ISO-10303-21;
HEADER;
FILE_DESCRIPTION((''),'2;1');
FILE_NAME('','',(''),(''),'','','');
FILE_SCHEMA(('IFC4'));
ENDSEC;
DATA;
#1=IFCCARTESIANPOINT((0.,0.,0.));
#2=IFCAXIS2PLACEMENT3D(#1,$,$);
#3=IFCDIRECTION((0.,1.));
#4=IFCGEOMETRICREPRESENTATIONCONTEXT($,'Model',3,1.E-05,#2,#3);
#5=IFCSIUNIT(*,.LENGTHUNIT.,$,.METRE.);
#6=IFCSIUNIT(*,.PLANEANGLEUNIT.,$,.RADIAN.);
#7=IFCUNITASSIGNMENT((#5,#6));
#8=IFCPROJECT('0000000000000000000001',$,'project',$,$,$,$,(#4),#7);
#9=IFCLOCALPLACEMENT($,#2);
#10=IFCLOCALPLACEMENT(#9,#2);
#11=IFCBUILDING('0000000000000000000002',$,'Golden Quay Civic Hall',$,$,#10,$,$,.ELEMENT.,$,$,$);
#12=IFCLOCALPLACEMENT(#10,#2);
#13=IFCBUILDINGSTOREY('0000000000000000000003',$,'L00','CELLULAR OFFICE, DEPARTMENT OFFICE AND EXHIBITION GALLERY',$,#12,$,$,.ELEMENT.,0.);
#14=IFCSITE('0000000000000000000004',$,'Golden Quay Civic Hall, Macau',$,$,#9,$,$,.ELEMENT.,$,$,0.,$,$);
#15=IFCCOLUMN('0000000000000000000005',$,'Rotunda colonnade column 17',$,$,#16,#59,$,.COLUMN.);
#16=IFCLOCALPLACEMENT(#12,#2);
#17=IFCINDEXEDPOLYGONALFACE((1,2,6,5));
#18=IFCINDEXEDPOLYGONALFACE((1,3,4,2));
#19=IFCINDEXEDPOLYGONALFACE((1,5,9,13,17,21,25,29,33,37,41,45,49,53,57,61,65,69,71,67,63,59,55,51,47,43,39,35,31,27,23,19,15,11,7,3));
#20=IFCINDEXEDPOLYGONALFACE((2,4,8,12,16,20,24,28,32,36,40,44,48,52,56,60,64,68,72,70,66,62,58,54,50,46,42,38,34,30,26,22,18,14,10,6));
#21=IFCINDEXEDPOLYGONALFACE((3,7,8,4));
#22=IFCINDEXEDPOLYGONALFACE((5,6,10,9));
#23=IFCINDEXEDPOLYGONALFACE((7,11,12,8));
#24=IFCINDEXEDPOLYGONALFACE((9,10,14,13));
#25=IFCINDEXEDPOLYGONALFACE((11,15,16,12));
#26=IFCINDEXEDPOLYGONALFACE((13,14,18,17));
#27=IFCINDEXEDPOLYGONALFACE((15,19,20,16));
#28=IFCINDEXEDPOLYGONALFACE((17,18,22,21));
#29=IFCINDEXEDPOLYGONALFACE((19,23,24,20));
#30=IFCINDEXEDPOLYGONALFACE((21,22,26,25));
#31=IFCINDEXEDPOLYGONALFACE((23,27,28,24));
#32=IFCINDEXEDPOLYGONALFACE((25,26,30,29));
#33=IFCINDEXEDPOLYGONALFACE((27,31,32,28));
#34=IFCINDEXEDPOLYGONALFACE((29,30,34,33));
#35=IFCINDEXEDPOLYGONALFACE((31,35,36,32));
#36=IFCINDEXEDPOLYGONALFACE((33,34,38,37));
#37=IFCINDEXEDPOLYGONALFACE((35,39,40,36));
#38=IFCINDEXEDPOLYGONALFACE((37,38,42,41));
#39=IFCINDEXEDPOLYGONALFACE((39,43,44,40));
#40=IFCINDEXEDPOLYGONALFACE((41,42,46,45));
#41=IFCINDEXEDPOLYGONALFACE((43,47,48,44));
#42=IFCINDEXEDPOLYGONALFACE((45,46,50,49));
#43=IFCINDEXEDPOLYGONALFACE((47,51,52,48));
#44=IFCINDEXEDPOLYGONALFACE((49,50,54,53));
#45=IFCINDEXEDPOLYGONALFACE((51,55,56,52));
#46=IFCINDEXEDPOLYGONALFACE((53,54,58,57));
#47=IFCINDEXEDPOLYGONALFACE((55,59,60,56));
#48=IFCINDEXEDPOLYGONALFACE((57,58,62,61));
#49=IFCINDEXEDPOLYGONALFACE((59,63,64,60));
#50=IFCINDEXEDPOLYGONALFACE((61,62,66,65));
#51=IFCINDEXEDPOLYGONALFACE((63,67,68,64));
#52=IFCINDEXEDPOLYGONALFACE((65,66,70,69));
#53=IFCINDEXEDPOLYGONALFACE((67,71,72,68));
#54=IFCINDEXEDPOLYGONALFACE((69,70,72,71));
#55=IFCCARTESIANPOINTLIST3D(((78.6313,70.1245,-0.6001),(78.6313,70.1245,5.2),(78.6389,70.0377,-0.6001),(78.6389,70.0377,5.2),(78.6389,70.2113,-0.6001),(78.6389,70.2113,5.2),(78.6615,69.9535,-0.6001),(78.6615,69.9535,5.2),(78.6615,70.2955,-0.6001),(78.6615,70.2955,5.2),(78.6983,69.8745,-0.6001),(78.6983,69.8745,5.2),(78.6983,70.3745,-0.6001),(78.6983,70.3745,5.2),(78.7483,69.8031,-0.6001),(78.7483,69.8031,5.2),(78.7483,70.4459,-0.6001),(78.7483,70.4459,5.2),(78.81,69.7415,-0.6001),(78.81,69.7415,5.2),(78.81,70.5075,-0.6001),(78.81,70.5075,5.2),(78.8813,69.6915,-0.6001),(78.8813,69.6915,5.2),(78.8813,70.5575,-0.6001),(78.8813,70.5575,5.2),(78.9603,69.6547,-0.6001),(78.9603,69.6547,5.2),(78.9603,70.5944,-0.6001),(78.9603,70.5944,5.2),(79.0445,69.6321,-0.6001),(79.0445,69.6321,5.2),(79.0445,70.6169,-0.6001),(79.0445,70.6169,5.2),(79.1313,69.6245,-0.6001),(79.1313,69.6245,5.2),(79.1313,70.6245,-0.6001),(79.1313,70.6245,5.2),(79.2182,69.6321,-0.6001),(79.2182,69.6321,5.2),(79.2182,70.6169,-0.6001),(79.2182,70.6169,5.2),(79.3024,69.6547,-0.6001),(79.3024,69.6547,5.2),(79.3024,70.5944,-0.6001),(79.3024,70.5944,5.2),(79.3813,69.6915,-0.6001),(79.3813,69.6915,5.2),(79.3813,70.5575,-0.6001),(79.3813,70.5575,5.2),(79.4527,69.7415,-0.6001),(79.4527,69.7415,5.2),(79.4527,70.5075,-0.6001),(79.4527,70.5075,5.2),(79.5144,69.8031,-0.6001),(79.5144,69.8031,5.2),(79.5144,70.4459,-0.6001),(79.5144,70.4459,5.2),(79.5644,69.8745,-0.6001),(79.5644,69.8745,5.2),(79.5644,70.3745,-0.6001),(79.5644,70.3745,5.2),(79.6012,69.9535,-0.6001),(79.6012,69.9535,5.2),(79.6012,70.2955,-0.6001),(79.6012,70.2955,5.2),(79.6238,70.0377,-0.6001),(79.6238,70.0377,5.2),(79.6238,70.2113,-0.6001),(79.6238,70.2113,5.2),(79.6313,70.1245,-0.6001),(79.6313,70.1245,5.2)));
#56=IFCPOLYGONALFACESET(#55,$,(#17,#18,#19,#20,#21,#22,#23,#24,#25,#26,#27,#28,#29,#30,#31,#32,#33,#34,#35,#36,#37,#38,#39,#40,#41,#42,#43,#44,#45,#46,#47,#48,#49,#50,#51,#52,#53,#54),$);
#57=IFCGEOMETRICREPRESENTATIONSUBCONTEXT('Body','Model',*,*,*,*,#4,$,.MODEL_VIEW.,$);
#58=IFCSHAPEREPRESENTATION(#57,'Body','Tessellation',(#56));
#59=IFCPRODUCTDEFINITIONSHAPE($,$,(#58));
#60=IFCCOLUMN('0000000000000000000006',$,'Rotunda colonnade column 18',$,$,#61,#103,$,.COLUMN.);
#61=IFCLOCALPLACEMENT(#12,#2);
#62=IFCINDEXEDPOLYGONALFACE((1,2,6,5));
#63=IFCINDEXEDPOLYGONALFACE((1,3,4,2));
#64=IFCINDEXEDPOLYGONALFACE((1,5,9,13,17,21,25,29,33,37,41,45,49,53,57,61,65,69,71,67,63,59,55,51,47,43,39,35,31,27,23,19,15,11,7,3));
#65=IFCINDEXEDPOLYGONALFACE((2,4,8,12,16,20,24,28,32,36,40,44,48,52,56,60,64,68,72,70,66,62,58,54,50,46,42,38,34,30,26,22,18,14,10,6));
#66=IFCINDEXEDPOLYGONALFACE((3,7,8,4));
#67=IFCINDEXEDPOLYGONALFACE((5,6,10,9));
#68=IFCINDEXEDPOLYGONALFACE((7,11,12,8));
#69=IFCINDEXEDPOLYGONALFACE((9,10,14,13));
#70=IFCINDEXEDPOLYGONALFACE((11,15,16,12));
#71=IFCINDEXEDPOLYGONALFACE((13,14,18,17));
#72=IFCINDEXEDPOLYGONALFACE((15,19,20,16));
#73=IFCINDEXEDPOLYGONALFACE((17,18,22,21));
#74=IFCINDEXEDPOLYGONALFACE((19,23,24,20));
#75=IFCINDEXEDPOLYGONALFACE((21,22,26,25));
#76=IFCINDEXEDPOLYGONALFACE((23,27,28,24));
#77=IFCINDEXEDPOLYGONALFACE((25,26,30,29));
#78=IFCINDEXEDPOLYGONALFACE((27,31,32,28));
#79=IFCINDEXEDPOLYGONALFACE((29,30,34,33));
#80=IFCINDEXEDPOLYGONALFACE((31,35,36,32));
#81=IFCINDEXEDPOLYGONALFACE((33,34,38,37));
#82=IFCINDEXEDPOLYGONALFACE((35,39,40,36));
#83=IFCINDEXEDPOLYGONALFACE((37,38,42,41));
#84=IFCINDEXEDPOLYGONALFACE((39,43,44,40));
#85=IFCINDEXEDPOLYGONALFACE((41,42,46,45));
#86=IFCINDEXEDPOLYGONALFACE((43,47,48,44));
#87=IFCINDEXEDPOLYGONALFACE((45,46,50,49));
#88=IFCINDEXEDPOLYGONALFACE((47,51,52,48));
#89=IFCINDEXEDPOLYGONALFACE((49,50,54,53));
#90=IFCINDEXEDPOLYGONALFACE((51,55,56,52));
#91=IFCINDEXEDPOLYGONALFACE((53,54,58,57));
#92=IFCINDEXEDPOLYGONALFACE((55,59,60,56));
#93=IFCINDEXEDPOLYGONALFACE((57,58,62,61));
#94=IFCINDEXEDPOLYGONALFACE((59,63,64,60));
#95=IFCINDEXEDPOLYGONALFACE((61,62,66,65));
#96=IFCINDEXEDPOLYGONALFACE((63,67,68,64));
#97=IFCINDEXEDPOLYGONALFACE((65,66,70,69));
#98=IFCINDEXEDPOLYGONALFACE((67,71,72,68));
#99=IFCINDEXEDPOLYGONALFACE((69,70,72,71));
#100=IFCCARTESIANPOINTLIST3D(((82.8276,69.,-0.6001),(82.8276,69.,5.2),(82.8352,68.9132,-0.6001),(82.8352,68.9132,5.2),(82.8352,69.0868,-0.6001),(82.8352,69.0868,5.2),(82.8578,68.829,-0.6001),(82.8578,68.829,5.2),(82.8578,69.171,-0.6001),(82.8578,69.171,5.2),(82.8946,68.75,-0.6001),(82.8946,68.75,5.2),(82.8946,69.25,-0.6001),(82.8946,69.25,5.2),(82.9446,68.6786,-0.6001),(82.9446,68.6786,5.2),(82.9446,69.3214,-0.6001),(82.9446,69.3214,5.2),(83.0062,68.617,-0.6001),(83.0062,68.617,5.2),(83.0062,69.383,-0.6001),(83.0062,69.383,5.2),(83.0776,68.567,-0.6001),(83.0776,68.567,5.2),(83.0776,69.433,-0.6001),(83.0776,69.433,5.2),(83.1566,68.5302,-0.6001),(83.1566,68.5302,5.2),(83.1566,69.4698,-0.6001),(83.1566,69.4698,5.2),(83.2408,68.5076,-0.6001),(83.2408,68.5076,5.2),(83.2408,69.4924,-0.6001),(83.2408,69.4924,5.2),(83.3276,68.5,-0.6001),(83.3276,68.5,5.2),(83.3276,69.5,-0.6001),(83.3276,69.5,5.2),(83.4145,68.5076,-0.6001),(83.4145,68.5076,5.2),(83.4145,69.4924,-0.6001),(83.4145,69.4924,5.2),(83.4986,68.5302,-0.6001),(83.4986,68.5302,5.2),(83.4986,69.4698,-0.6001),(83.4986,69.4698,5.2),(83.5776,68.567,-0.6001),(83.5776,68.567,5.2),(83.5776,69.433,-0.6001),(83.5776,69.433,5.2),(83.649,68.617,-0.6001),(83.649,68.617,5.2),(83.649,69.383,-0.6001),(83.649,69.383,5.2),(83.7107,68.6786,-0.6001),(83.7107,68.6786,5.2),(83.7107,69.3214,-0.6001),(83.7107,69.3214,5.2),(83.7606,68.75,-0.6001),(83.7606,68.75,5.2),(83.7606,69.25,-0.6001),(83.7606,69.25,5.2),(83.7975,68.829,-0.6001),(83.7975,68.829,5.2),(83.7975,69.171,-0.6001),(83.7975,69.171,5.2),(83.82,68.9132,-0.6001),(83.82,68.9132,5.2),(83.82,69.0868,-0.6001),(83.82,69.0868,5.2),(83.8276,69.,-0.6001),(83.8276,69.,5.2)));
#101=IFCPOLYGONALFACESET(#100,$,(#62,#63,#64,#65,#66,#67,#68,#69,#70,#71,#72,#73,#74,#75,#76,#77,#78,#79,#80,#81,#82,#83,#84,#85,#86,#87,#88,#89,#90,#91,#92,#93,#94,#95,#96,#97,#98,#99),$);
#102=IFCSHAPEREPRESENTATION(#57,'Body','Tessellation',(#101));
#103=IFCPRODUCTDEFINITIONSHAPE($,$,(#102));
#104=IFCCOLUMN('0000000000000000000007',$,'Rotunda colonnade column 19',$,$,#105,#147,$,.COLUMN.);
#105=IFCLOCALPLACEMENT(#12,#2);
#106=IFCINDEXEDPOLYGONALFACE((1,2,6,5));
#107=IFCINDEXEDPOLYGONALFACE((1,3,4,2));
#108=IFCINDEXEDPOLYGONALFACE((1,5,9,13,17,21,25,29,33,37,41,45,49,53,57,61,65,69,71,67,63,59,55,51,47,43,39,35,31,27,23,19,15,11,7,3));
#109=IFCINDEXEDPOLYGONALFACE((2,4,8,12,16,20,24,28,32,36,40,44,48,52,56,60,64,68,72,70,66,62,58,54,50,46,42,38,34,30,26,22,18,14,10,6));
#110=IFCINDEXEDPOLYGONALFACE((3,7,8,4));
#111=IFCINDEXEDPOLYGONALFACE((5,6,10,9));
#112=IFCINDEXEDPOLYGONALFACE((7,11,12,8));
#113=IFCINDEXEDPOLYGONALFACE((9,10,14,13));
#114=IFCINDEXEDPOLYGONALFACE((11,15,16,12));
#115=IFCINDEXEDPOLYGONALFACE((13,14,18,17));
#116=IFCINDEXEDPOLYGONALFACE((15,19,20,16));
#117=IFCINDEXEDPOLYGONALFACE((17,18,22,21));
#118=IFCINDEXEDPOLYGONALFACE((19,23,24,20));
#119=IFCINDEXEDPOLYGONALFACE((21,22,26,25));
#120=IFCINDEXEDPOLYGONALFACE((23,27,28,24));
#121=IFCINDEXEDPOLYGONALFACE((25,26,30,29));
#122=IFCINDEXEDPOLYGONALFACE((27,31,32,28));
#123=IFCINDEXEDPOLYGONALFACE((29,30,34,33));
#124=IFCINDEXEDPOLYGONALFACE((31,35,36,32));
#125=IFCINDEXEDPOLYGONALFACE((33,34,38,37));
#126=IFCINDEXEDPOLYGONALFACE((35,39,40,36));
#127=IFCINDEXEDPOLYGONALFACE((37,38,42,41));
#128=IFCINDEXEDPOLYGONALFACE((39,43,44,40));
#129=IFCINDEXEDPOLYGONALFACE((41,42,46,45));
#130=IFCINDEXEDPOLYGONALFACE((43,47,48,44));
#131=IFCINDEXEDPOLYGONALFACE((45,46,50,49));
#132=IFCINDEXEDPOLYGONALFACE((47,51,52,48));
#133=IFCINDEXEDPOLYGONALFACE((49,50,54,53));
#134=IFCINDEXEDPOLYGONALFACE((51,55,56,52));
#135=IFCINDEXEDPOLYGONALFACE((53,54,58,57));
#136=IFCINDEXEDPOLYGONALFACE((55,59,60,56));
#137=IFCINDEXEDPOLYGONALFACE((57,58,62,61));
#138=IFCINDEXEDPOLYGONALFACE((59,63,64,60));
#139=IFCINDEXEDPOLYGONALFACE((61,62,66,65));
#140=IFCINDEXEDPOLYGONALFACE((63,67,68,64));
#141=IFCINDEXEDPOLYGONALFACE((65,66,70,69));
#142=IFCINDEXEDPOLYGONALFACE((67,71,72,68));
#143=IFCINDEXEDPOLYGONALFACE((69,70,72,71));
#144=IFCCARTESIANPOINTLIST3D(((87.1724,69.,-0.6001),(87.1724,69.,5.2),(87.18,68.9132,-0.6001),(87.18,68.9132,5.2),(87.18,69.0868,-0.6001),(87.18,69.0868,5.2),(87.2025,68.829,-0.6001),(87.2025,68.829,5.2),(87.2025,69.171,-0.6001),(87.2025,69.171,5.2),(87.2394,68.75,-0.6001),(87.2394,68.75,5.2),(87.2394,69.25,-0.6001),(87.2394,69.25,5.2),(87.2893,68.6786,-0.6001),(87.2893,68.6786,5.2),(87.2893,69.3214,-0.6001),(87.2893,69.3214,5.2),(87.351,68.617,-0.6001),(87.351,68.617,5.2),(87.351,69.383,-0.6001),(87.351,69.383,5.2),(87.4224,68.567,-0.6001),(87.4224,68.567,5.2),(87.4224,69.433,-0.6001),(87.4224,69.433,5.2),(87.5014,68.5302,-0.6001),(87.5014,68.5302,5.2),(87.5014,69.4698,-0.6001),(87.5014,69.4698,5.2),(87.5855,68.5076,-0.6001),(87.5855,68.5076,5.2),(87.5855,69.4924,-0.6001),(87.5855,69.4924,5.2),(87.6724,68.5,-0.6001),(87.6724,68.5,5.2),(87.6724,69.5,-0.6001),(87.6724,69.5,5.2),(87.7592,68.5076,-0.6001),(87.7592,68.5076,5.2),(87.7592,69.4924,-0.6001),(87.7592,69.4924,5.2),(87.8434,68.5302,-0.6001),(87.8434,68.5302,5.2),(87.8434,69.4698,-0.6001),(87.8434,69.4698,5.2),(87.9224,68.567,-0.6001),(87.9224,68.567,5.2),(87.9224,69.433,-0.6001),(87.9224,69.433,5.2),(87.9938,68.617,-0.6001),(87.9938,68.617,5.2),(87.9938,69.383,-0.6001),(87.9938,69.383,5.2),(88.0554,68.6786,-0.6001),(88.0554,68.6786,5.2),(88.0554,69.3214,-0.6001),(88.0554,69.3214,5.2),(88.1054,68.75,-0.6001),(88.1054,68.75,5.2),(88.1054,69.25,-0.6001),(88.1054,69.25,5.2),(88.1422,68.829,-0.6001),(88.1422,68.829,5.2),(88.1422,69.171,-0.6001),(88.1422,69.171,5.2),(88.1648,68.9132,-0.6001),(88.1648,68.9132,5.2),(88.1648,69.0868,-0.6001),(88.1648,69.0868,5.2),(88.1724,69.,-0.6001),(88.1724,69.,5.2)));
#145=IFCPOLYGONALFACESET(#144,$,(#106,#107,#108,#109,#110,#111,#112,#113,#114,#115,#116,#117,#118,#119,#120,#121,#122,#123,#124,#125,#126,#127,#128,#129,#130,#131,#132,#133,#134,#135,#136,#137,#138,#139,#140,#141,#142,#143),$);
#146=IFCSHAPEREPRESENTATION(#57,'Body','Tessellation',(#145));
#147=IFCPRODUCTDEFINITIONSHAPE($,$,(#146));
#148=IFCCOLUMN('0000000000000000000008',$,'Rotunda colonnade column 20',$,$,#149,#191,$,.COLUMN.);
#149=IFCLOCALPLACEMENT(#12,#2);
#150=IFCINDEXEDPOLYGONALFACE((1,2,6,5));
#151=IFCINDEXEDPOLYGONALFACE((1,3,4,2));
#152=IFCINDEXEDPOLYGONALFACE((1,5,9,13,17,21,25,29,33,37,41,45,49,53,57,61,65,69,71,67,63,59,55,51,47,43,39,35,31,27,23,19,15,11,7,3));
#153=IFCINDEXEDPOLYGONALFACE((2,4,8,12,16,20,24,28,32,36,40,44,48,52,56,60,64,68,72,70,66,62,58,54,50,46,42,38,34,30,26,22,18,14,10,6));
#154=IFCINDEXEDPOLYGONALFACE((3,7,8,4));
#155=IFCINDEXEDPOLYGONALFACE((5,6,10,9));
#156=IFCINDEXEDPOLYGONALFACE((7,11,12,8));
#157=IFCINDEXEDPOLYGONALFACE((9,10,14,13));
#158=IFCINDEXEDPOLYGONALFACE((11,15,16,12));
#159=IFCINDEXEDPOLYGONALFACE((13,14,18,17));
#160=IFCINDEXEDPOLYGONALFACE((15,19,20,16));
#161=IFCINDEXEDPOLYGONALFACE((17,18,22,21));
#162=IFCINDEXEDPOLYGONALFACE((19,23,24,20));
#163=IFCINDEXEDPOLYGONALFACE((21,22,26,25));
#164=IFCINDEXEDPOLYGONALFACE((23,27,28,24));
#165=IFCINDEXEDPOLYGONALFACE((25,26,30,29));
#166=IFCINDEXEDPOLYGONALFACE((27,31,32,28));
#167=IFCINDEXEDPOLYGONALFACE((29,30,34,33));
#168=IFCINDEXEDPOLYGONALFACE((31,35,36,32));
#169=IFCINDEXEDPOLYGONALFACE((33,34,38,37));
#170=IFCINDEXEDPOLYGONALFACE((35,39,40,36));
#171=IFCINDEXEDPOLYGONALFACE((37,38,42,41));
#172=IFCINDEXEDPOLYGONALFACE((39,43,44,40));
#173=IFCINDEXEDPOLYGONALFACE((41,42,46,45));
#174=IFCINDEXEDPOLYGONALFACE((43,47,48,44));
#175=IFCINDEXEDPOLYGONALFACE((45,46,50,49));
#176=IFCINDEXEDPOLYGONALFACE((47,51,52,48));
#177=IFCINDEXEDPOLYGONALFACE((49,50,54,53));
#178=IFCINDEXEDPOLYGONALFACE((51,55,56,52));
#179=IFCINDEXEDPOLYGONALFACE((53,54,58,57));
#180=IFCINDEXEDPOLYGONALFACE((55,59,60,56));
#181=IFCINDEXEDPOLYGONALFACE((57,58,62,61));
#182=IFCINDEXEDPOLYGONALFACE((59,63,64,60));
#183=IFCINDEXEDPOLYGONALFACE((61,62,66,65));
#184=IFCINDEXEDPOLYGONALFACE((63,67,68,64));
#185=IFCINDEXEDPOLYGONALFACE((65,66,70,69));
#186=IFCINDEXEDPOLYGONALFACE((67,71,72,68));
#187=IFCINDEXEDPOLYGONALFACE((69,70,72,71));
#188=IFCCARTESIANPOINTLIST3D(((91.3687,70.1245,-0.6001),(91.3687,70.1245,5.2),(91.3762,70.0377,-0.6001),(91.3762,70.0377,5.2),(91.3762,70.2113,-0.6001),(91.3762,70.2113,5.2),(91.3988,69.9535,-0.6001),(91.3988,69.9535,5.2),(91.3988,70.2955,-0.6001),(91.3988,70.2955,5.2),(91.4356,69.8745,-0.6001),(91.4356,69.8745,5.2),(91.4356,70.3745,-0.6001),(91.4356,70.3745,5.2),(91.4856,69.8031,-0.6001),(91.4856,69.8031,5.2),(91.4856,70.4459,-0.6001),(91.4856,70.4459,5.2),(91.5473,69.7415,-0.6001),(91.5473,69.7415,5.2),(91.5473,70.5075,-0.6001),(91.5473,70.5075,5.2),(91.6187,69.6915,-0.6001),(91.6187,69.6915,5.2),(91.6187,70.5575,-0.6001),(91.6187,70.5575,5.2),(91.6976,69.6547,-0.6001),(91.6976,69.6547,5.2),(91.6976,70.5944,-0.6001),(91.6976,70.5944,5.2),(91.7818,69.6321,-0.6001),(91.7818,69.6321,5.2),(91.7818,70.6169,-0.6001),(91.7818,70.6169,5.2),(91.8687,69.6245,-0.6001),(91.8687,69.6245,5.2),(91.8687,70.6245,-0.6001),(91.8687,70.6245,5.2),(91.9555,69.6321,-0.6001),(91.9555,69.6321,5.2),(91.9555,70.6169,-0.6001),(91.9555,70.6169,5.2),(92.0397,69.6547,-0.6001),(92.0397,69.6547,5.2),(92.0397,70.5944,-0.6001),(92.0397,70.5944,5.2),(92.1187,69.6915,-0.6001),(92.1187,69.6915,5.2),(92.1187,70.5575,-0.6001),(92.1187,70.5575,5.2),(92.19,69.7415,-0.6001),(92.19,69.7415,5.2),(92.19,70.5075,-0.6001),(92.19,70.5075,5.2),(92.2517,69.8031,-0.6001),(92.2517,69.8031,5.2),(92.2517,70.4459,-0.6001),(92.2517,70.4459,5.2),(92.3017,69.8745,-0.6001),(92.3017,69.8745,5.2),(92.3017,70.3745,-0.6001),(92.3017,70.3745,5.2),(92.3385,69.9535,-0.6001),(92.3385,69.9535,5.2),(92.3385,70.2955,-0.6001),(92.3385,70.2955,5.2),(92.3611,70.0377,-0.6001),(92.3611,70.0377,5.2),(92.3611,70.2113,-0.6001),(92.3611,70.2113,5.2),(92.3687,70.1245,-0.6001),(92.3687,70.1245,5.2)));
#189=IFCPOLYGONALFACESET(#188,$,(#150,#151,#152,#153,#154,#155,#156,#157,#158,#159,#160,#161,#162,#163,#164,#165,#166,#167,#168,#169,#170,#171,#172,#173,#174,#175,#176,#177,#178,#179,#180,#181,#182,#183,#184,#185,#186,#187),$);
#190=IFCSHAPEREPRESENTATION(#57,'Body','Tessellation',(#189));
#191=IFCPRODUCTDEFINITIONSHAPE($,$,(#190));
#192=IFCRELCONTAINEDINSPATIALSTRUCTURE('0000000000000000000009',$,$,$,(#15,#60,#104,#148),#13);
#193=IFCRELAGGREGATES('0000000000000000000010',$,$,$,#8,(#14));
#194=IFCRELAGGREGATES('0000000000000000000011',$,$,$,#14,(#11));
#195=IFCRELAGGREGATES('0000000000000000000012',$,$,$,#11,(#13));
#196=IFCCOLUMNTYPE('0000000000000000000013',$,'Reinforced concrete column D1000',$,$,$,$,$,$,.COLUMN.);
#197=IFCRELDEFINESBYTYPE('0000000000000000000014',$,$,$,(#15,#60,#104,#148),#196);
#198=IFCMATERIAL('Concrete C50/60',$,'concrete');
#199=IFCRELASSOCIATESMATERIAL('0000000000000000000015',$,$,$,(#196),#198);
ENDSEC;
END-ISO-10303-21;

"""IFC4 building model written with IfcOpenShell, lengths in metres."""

from ifc_helpers import new_model, si_unit, direction, frame, origin, origin_2d, place, context, subcontext, project, spatial, circle, extrude, material, material_profile, profile_set, type_object, element, save


model = new_model("IFC4")

# Units and contexts
model_context = context("Model", 3, precision=1e-05, world=origin(), true_north=direction((0.0, 1.0)))
body_context = subcontext(model_context, "Body", "Model", "MODEL_VIEW")
ifc_project = project(units=[si_unit("LENGTHUNIT", "METRE"), si_unit("PLANEANGLEUNIT", "RADIAN")], contexts=[model_context])

# Site, building, storey
site_placement = place(None, origin())
site = spatial("IfcSite", under=ifc_project, at=site_placement, Name="Golden Quay Civic Hall, Macau", CompositionType="ELEMENT", RefElevation=0.0)
building_placement = place(site_placement, origin())
building = spatial("IfcBuilding", under=site, at=building_placement, Name="Golden Quay Civic Hall", CompositionType="ELEMENT")
storey_placement = place(building_placement, origin())
storey = spatial("IfcBuildingStorey", under=building, at=storey_placement, Name="L00", Description="CELLULAR OFFICE, DEPARTMENT OFFICE AND EXHIBITION GALLERY", CompositionType="ELEMENT", Elevation=0.0)

# Columns
ifc_material_1 = material(Name="Concrete C50/60", Category="concrete")
ifc_material_profile_1 = material_profile(ifc_material_1, circle(Radius=0.5, at=origin_2d()), Name="RC D1000")
ifc_profile_set_1 = profile_set([ifc_material_profile_1], Name="Concrete C50/60")
column_type_1 = type_object("IfcColumnType", Name="Reinforced concrete column D1000", PredefinedType="COLUMN", material=ifc_profile_set_1)
for number, where, z_axis, x_axis, name in (
    (1, (79.1313, 70.1245, -0.6001), (0.0, 0.0, 1.0), (1.0, 0.0, 0.0), "Rotunda colonnade column 17"),
    (2, (83.3276, 69.0, -0.6001), (0.0, 0.0, 1.0), (1.0, 0.0, 0.0), "Rotunda colonnade column 18"),
    (3, (87.6724, 69.0, -0.6001), (0.0, 0.0, 1.0), (1.0, 0.0, 0.0), "Rotunda colonnade column 19"),
    (4, (91.8687, 70.1245, -0.6001), (0.0, 0.0, 1.0), (1.0, 0.0, 0.0), "Rotunda colonnade column 20"),
):
    element("IfcColumn", number, at=place(storey_placement, frame(where, z_axis=z_axis, x_axis=x_axis)), inside=storey, type_object=column_type_1, Name=name, PredefinedType="COLUMN", context=body_context, shape_type="SweptSolid", body=[
        extrude(circle(Radius=0.5, at=origin_2d()), origin(), (0.0, 0.0, 1.0), 5.8),
    ])

save(model, "model.ifc")
